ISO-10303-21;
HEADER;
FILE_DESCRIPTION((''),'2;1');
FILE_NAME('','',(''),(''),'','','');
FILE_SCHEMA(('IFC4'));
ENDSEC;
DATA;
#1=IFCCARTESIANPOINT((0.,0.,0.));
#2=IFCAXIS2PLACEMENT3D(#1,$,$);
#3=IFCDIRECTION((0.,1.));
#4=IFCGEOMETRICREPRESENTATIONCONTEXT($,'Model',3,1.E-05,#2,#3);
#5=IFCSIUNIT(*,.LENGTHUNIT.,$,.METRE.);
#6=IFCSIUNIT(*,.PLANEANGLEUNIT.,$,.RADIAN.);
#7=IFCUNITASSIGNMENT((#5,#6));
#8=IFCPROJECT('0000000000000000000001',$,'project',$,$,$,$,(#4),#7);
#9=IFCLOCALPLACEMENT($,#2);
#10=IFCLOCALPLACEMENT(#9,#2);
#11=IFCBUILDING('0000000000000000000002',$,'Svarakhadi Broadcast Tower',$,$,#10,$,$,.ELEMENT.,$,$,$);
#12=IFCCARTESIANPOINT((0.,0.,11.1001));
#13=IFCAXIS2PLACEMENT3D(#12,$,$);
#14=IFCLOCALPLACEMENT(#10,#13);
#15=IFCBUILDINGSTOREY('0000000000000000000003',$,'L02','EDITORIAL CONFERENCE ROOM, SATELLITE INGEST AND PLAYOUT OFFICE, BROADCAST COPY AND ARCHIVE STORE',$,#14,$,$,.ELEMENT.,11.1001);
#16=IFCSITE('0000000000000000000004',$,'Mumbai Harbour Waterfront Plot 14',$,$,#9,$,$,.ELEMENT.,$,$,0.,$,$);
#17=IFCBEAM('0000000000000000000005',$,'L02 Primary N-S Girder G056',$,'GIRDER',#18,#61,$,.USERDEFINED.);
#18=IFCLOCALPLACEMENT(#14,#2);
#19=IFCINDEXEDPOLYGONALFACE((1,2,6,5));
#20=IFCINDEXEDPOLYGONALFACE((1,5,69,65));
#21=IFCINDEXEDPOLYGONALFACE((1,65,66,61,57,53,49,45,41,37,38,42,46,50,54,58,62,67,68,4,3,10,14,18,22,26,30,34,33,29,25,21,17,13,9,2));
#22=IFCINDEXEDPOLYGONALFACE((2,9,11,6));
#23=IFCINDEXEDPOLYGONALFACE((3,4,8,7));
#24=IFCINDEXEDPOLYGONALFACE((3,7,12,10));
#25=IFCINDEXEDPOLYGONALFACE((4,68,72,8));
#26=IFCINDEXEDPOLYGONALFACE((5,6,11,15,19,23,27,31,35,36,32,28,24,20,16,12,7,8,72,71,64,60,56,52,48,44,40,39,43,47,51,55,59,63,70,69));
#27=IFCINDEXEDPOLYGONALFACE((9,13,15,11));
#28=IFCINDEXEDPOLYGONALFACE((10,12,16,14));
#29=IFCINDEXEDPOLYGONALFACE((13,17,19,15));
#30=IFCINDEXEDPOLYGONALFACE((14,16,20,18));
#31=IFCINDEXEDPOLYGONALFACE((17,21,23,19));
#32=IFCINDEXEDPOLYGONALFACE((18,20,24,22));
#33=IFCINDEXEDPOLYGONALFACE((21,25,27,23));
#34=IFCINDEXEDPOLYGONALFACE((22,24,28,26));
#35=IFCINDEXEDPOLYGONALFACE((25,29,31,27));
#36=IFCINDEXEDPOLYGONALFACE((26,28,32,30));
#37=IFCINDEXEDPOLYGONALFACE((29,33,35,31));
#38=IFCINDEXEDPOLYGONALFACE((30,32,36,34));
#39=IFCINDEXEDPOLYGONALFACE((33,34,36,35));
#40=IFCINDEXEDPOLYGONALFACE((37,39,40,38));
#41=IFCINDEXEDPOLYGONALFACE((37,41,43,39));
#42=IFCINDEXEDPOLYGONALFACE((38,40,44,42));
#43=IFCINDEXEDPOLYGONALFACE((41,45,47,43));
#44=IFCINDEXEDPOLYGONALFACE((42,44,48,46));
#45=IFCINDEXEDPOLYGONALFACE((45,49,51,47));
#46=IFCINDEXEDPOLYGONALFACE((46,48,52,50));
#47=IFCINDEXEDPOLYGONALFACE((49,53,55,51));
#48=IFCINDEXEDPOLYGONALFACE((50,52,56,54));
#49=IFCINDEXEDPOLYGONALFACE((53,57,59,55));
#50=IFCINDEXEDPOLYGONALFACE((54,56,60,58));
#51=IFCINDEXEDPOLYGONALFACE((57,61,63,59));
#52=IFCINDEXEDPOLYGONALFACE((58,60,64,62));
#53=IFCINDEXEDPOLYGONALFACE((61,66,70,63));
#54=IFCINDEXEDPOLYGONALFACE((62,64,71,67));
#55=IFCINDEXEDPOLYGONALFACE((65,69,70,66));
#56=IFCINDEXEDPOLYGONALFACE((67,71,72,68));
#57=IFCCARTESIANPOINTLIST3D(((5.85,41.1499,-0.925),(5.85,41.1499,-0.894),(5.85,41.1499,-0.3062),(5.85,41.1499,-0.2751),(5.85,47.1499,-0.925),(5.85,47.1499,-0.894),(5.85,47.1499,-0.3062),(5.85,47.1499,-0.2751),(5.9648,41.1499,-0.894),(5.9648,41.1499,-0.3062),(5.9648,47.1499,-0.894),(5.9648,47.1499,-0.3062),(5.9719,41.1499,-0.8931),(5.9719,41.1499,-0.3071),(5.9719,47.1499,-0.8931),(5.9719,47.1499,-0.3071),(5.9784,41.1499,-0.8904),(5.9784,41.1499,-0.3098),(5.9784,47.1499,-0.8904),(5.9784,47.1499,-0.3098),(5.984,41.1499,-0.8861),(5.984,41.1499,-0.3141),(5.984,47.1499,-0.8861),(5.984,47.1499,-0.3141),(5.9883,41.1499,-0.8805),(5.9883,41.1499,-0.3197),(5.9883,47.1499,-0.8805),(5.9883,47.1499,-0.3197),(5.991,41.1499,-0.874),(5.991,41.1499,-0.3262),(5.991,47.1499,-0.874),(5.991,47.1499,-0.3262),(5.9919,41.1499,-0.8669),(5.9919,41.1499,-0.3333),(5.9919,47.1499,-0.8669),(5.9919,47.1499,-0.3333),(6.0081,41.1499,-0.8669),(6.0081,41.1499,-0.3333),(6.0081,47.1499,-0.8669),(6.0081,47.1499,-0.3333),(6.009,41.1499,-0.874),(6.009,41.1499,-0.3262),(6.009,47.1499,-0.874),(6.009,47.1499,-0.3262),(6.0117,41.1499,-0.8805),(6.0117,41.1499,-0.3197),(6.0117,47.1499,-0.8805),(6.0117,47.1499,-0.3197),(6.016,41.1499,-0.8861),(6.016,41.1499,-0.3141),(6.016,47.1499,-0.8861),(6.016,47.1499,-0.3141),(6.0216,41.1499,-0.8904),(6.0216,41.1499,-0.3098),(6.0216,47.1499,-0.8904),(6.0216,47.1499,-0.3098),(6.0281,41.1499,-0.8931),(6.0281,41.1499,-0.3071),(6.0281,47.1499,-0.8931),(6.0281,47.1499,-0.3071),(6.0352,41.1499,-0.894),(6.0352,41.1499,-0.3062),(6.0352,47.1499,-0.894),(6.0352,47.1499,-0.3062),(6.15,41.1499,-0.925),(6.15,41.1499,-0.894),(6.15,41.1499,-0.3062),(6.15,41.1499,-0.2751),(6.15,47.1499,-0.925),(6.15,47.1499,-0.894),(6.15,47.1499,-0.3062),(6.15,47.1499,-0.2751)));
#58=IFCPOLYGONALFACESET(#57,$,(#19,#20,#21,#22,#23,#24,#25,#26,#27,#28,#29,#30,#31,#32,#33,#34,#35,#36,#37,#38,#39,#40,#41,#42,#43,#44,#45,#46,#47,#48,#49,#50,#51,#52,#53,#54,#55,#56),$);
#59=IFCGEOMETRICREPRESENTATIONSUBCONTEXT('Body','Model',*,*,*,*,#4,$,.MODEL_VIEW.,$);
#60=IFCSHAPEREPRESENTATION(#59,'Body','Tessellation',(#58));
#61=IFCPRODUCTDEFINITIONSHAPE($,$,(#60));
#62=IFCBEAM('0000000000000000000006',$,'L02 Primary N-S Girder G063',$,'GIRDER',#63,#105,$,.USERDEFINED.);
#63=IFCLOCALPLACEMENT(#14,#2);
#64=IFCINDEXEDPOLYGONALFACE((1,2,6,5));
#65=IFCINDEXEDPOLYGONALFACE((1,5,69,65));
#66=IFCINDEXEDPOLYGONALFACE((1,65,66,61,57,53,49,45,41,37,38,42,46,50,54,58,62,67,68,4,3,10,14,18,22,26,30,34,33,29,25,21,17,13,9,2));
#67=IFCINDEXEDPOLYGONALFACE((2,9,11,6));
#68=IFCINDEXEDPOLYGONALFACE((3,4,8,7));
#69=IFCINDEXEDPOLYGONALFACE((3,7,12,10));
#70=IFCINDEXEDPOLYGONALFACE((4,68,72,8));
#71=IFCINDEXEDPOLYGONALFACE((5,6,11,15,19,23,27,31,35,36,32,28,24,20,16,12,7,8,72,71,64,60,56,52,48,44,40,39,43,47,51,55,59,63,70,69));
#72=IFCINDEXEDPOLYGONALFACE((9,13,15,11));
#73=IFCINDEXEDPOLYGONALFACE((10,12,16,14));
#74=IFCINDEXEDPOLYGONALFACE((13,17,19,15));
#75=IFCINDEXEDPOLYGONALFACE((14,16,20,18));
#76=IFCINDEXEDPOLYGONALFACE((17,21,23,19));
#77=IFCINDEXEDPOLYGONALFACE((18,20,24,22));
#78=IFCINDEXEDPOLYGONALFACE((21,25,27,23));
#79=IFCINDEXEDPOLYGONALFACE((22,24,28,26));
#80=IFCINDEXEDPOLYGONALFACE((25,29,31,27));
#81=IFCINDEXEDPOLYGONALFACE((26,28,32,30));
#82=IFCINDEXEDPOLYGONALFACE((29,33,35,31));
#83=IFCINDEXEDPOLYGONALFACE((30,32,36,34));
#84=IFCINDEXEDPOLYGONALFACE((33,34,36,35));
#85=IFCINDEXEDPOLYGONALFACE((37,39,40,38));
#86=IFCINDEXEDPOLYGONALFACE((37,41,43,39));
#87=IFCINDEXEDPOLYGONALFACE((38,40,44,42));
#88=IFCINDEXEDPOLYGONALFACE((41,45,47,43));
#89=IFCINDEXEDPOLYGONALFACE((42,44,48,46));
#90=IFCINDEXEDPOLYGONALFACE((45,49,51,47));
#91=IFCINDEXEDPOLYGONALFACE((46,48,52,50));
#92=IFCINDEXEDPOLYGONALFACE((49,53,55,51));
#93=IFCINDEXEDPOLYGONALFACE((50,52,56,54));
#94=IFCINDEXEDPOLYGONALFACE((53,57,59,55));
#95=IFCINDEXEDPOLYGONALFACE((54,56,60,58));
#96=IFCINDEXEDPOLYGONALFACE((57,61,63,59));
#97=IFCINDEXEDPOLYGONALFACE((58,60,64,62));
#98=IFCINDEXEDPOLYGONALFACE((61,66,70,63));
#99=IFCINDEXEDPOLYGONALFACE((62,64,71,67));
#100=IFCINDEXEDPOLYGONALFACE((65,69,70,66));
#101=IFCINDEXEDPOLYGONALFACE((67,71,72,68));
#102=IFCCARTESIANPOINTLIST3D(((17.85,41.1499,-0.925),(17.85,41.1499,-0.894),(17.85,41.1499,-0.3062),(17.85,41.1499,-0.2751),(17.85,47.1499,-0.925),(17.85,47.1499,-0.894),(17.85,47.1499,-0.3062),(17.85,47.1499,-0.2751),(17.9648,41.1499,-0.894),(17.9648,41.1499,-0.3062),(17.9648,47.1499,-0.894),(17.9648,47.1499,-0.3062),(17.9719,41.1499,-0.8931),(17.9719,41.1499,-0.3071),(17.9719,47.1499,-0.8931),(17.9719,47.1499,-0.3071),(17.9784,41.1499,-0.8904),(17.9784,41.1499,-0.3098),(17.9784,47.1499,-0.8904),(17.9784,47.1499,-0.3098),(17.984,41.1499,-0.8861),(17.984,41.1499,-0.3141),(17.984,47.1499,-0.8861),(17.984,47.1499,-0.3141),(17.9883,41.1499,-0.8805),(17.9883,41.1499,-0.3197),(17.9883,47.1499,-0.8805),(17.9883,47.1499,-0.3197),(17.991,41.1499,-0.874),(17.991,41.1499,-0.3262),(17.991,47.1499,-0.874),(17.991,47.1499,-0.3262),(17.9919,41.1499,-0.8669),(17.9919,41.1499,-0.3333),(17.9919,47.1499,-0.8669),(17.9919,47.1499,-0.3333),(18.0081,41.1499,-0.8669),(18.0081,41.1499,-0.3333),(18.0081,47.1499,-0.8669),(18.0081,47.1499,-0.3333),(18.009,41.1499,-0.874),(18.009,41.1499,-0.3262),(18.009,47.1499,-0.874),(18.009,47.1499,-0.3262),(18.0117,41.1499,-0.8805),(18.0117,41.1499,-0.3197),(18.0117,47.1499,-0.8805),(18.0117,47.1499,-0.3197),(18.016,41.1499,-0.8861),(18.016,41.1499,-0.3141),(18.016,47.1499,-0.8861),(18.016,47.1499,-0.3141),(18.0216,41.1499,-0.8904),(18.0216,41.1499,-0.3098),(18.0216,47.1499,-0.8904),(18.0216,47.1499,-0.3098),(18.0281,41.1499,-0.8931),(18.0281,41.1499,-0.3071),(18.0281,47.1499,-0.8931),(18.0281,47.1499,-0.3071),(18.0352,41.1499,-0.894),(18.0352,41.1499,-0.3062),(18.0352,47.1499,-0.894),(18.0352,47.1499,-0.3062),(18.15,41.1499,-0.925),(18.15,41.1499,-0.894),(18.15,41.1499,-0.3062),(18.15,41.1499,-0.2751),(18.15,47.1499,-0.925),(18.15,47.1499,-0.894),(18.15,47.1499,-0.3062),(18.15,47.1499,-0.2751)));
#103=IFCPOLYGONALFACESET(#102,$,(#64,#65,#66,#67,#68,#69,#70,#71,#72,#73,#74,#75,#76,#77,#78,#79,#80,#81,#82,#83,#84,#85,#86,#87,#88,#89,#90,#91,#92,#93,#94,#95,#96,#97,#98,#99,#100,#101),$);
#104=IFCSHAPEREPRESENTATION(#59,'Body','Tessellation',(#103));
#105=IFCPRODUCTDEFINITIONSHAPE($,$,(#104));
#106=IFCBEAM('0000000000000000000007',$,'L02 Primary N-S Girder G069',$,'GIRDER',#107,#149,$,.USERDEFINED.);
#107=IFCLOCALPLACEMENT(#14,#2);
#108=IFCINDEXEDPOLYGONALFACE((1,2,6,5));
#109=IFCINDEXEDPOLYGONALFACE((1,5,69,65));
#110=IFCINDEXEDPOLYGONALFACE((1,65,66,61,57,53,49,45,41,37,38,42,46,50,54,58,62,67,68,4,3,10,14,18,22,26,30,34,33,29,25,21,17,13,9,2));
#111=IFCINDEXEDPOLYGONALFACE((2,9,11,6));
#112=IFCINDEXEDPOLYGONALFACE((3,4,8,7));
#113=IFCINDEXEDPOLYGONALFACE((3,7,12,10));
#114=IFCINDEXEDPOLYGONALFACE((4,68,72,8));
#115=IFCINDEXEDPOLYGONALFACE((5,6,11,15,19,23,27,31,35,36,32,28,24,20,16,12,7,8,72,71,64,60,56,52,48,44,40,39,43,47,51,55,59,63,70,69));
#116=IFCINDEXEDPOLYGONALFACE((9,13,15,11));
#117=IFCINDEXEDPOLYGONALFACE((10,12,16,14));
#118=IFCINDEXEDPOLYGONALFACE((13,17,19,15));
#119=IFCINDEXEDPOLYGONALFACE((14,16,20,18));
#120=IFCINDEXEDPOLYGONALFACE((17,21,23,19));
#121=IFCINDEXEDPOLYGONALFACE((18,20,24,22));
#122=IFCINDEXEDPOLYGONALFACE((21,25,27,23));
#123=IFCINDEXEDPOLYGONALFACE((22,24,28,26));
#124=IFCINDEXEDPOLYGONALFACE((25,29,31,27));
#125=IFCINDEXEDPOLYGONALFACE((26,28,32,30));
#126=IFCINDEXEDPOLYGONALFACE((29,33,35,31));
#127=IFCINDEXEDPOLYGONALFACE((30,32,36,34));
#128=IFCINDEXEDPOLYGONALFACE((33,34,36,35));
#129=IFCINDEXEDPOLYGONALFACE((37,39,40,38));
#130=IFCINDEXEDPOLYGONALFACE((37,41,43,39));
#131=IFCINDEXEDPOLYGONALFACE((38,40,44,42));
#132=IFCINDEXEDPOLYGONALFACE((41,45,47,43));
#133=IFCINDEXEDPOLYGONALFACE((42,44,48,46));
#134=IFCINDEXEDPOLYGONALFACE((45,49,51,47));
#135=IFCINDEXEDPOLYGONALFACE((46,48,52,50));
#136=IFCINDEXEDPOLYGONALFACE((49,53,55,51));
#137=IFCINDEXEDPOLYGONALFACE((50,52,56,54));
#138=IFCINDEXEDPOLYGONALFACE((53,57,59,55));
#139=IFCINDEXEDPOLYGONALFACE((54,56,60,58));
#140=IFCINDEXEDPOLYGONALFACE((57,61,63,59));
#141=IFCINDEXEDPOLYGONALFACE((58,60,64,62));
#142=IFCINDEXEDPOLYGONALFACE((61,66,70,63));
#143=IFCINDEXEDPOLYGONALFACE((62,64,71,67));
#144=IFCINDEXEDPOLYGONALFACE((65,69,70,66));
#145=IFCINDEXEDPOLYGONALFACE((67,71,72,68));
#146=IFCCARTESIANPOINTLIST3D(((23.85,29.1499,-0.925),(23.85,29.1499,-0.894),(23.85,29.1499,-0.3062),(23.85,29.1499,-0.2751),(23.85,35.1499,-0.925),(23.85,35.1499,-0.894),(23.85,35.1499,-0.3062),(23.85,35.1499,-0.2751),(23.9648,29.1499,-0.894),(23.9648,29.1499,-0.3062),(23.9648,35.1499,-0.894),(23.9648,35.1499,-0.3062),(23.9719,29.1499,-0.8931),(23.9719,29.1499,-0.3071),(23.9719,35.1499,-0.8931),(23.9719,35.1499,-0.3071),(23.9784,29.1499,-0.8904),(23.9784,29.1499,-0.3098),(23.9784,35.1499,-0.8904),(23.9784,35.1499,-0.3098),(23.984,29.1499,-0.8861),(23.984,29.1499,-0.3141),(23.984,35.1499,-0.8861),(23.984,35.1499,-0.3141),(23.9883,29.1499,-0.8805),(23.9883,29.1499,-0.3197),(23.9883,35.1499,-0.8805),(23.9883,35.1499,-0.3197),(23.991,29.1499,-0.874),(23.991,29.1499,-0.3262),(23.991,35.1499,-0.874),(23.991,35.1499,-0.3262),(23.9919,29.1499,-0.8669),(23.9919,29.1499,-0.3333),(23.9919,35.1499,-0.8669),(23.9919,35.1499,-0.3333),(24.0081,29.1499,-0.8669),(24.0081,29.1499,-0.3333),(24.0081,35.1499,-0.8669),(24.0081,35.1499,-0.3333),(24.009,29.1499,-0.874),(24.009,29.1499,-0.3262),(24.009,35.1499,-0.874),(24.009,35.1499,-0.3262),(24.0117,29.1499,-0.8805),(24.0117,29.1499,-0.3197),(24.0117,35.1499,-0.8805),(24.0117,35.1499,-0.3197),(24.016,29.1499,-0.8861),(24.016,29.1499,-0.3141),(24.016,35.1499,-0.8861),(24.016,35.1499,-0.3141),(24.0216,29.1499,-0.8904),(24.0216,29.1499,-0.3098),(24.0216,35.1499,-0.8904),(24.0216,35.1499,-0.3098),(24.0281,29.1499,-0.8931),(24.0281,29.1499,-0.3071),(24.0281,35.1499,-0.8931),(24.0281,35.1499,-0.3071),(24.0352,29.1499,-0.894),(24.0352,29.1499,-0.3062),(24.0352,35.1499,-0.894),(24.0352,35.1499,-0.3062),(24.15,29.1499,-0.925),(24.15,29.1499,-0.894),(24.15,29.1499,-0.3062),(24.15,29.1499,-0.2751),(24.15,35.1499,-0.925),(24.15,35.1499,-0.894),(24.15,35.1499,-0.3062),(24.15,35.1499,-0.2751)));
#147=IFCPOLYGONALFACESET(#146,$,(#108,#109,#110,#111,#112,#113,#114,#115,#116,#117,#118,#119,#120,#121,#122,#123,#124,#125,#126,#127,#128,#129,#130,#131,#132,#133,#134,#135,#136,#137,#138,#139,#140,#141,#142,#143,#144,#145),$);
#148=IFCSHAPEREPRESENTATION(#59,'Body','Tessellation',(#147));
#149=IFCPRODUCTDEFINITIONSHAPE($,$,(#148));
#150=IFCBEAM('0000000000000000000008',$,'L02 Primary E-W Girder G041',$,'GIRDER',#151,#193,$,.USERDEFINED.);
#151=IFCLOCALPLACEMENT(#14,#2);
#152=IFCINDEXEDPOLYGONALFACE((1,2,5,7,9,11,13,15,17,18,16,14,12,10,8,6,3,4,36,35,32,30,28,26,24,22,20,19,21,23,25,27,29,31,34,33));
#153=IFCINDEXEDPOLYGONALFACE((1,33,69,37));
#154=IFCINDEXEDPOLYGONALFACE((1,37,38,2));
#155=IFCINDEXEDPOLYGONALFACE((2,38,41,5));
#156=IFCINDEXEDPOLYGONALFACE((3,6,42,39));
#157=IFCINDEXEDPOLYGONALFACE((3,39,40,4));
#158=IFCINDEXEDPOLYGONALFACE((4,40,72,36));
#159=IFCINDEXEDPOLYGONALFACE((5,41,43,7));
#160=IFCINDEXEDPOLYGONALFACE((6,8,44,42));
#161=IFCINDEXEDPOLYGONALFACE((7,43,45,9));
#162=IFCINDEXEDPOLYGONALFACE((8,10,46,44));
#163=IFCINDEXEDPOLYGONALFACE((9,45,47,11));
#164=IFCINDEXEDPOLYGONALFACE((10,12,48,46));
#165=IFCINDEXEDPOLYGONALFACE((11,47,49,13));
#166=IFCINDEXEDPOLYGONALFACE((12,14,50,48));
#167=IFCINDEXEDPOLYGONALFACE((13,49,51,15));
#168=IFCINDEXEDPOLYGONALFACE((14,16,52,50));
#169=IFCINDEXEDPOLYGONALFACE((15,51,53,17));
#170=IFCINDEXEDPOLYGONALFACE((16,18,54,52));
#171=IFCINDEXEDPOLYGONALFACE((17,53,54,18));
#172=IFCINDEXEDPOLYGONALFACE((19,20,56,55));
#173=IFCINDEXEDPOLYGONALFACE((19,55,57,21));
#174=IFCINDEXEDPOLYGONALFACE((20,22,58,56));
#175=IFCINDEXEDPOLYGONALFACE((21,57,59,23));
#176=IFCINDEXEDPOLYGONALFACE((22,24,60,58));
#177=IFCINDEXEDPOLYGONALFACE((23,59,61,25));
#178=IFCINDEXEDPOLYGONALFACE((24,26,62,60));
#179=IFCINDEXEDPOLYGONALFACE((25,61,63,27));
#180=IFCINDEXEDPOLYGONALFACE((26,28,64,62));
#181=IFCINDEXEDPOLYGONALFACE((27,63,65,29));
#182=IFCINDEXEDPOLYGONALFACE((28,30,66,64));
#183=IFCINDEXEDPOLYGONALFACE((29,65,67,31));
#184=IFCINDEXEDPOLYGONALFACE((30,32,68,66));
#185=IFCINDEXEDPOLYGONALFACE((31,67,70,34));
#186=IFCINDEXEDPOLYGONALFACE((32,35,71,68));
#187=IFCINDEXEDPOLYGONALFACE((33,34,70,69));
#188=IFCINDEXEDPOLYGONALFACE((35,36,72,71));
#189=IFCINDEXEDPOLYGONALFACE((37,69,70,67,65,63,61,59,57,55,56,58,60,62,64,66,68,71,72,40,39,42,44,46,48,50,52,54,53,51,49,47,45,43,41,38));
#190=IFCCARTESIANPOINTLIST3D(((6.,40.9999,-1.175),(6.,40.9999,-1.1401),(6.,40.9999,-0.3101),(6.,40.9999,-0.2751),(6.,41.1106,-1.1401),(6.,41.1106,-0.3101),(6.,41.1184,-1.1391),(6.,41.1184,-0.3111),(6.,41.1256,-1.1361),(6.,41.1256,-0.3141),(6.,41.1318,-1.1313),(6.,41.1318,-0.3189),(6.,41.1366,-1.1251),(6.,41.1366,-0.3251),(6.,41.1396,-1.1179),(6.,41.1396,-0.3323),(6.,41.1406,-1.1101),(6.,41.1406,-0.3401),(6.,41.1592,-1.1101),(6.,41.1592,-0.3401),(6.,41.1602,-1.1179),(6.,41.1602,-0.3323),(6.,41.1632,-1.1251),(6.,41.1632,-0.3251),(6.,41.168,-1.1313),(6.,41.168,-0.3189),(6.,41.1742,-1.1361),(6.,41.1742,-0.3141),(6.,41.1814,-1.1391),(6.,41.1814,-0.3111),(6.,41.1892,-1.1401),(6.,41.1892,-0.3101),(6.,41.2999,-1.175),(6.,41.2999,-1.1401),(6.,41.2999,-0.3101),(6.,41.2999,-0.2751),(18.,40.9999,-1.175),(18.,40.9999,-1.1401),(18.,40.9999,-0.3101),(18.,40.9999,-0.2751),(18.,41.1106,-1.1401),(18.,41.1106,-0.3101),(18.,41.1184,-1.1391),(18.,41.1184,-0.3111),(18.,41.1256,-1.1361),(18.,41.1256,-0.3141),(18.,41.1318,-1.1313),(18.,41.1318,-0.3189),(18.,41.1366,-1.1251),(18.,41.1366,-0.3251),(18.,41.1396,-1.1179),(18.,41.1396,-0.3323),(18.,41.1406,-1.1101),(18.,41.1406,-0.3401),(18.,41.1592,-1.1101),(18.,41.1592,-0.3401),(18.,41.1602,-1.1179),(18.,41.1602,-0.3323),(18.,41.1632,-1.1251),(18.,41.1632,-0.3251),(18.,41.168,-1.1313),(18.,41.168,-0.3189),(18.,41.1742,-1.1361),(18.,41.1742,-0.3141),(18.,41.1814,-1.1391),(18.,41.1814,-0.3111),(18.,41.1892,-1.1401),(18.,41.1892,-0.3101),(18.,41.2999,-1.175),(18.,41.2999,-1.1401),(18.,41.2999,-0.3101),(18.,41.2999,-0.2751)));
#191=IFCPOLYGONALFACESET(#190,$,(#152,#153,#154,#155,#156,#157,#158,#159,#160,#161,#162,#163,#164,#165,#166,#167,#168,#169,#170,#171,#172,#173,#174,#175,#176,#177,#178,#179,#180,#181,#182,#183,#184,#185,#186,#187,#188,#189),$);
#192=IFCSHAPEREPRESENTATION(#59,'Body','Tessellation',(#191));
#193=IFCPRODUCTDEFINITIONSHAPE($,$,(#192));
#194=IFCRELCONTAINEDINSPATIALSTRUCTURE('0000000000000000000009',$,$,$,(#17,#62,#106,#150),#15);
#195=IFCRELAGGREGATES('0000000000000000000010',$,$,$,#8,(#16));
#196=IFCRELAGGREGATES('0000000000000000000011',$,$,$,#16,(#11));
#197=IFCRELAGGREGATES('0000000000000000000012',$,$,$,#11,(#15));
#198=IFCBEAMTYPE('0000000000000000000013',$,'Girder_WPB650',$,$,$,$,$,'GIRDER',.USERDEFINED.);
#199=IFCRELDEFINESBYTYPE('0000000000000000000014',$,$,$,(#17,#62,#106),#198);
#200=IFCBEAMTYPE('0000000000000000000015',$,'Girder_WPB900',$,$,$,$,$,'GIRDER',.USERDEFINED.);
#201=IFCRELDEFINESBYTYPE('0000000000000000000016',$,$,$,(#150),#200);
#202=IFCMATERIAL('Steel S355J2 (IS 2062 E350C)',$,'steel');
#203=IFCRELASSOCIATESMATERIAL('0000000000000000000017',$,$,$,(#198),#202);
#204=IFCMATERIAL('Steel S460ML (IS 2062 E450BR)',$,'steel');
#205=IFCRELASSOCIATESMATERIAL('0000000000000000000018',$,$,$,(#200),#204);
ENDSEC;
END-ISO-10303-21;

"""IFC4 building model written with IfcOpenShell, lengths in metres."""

from ifc_helpers import new_model, si_unit, direction, frame, origin, origin_2d, place, context, subcontext, project, spatial, i_section, extrude, material, material_profile, profile_set, type_object, element, save


model = new_model("IFC4")

# Units and contexts
model_context = context("Model", 3, precision=1e-05, world=origin(), true_north=direction((0.0, 1.0)))
body_context = subcontext(model_context, "Body", "Model", "MODEL_VIEW")
ifc_project = project(units=[si_unit("LENGTHUNIT", "METRE"), si_unit("PLANEANGLEUNIT", "RADIAN")], contexts=[model_context])

# Site, building, storey
site_placement = place(None, origin())
site = spatial("IfcSite", under=ifc_project, at=site_placement, Name="Mumbai Harbour Waterfront Plot 14", CompositionType="ELEMENT", RefElevation=0.0)
building_placement = place(site_placement, origin())
building = spatial("IfcBuilding", under=site, at=building_placement, Name="Svarakhadi Broadcast Tower", CompositionType="ELEMENT")
storey_placement = place(building_placement, frame((0.0, 0.0, 11.1001)))
storey = spatial("IfcBuildingStorey", under=building, at=storey_placement, Name="L02", Description="EDITORIAL CONFERENCE ROOM, SATELLITE INGEST AND PLAYOUT OFFICE, BROADCAST COPY AND ARCHIVE STORE", CompositionType="ELEMENT", Elevation=11.1001)

# Shared definitions
ifc_material_1 = material(Name="Steel S460ML (IS 2062 E450BR)", Category="steel")

# Shared definitions
ifc_material_2 = material(Name="Steel S355J2 (IS 2062 E350C)", Category="steel")

# Beams
ifc_material_profile_1 = material_profile(ifc_material_2, i_section(OverallWidth=0.3, OverallDepth=0.6499, WebThickness=0.0161, FlangeThickness=0.031, FilletRadius=0.0271, at=origin_2d()), Name="WPB 650x300x225")
ifc_profile_set_1 = profile_set([ifc_material_profile_1], Name="Steel S355J2 (IS 2062 E350C)")
beam_type_1 = type_object("IfcBeamType", Name="Girder_WPB650", ElementType="GIRDER", PredefinedType="USERDEFINED", material=ifc_profile_set_1)
for number, where, z_axis, x_axis, name in (
    (1, (6.0, 41.1499, -0.6001), (0.0, 1.0, 0.0), (-1.0, 0.0, 0.0), "L02 Primary N-S Girder G056"),
    (2, (18.0, 41.1499, -0.6001), (0.0, 1.0, 0.0), (-1.0, 0.0, 0.0), "L02 Primary N-S Girder G063"),
    (3, (24.0, 29.1499, -0.6001), (0.0, 1.0, 0.0), (-1.0, 0.0, 0.0), "L02 Primary N-S Girder G069"),
):
    element("IfcBeam", number, at=place(storey_placement, frame(where, z_axis=z_axis, x_axis=x_axis)), inside=storey, type_object=beam_type_1, Name=name, ObjectType="GIRDER", PredefinedType="USERDEFINED", context=body_context, shape_type="SweptSolid", body=[
        extrude(i_section(OverallWidth=0.3, OverallDepth=0.6499, WebThickness=0.0161, FlangeThickness=0.031, FilletRadius=0.0271, at=origin_2d()), origin(), (0.0, 0.0, 1.0), 6.0),
    ])
ifc_material_profile_2 = material_profile(ifc_material_1, i_section(OverallWidth=0.3, OverallDepth=0.8999, WebThickness=0.0186, FlangeThickness=0.0349, FilletRadius=0.03, at=origin_2d()), Name="WPB 900x300x291")
ifc_profile_set_2 = profile_set([ifc_material_profile_2], Name="Steel S460ML (IS 2062 E450BR)")
beam_type_2 = type_object("IfcBeamType", Name="Girder_WPB900", ElementType="GIRDER", PredefinedType="USERDEFINED", material=ifc_profile_set_2)
for number, where, z_axis, x_axis, name in (
    (4, (6.0, 41.1499, -0.7251), (1.0, 0.0, 0.0), (0.0, 1.0, 0.0), "L02 Primary E-W Girder G041"),
):
    element("IfcBeam", number, at=place(storey_placement, frame(where, z_axis=z_axis, x_axis=x_axis)), inside=storey, type_object=beam_type_2, Name=name, ObjectType="GIRDER", PredefinedType="USERDEFINED", context=body_context, shape_type="SweptSolid", body=[
        extrude(i_section(OverallWidth=0.3, OverallDepth=0.8999, WebThickness=0.0186, FlangeThickness=0.0349, FilletRadius=0.03, at=origin_2d()), origin(), (0.0, 0.0, 1.0), 12.0),
    ])

save(model, "model.ifc")
